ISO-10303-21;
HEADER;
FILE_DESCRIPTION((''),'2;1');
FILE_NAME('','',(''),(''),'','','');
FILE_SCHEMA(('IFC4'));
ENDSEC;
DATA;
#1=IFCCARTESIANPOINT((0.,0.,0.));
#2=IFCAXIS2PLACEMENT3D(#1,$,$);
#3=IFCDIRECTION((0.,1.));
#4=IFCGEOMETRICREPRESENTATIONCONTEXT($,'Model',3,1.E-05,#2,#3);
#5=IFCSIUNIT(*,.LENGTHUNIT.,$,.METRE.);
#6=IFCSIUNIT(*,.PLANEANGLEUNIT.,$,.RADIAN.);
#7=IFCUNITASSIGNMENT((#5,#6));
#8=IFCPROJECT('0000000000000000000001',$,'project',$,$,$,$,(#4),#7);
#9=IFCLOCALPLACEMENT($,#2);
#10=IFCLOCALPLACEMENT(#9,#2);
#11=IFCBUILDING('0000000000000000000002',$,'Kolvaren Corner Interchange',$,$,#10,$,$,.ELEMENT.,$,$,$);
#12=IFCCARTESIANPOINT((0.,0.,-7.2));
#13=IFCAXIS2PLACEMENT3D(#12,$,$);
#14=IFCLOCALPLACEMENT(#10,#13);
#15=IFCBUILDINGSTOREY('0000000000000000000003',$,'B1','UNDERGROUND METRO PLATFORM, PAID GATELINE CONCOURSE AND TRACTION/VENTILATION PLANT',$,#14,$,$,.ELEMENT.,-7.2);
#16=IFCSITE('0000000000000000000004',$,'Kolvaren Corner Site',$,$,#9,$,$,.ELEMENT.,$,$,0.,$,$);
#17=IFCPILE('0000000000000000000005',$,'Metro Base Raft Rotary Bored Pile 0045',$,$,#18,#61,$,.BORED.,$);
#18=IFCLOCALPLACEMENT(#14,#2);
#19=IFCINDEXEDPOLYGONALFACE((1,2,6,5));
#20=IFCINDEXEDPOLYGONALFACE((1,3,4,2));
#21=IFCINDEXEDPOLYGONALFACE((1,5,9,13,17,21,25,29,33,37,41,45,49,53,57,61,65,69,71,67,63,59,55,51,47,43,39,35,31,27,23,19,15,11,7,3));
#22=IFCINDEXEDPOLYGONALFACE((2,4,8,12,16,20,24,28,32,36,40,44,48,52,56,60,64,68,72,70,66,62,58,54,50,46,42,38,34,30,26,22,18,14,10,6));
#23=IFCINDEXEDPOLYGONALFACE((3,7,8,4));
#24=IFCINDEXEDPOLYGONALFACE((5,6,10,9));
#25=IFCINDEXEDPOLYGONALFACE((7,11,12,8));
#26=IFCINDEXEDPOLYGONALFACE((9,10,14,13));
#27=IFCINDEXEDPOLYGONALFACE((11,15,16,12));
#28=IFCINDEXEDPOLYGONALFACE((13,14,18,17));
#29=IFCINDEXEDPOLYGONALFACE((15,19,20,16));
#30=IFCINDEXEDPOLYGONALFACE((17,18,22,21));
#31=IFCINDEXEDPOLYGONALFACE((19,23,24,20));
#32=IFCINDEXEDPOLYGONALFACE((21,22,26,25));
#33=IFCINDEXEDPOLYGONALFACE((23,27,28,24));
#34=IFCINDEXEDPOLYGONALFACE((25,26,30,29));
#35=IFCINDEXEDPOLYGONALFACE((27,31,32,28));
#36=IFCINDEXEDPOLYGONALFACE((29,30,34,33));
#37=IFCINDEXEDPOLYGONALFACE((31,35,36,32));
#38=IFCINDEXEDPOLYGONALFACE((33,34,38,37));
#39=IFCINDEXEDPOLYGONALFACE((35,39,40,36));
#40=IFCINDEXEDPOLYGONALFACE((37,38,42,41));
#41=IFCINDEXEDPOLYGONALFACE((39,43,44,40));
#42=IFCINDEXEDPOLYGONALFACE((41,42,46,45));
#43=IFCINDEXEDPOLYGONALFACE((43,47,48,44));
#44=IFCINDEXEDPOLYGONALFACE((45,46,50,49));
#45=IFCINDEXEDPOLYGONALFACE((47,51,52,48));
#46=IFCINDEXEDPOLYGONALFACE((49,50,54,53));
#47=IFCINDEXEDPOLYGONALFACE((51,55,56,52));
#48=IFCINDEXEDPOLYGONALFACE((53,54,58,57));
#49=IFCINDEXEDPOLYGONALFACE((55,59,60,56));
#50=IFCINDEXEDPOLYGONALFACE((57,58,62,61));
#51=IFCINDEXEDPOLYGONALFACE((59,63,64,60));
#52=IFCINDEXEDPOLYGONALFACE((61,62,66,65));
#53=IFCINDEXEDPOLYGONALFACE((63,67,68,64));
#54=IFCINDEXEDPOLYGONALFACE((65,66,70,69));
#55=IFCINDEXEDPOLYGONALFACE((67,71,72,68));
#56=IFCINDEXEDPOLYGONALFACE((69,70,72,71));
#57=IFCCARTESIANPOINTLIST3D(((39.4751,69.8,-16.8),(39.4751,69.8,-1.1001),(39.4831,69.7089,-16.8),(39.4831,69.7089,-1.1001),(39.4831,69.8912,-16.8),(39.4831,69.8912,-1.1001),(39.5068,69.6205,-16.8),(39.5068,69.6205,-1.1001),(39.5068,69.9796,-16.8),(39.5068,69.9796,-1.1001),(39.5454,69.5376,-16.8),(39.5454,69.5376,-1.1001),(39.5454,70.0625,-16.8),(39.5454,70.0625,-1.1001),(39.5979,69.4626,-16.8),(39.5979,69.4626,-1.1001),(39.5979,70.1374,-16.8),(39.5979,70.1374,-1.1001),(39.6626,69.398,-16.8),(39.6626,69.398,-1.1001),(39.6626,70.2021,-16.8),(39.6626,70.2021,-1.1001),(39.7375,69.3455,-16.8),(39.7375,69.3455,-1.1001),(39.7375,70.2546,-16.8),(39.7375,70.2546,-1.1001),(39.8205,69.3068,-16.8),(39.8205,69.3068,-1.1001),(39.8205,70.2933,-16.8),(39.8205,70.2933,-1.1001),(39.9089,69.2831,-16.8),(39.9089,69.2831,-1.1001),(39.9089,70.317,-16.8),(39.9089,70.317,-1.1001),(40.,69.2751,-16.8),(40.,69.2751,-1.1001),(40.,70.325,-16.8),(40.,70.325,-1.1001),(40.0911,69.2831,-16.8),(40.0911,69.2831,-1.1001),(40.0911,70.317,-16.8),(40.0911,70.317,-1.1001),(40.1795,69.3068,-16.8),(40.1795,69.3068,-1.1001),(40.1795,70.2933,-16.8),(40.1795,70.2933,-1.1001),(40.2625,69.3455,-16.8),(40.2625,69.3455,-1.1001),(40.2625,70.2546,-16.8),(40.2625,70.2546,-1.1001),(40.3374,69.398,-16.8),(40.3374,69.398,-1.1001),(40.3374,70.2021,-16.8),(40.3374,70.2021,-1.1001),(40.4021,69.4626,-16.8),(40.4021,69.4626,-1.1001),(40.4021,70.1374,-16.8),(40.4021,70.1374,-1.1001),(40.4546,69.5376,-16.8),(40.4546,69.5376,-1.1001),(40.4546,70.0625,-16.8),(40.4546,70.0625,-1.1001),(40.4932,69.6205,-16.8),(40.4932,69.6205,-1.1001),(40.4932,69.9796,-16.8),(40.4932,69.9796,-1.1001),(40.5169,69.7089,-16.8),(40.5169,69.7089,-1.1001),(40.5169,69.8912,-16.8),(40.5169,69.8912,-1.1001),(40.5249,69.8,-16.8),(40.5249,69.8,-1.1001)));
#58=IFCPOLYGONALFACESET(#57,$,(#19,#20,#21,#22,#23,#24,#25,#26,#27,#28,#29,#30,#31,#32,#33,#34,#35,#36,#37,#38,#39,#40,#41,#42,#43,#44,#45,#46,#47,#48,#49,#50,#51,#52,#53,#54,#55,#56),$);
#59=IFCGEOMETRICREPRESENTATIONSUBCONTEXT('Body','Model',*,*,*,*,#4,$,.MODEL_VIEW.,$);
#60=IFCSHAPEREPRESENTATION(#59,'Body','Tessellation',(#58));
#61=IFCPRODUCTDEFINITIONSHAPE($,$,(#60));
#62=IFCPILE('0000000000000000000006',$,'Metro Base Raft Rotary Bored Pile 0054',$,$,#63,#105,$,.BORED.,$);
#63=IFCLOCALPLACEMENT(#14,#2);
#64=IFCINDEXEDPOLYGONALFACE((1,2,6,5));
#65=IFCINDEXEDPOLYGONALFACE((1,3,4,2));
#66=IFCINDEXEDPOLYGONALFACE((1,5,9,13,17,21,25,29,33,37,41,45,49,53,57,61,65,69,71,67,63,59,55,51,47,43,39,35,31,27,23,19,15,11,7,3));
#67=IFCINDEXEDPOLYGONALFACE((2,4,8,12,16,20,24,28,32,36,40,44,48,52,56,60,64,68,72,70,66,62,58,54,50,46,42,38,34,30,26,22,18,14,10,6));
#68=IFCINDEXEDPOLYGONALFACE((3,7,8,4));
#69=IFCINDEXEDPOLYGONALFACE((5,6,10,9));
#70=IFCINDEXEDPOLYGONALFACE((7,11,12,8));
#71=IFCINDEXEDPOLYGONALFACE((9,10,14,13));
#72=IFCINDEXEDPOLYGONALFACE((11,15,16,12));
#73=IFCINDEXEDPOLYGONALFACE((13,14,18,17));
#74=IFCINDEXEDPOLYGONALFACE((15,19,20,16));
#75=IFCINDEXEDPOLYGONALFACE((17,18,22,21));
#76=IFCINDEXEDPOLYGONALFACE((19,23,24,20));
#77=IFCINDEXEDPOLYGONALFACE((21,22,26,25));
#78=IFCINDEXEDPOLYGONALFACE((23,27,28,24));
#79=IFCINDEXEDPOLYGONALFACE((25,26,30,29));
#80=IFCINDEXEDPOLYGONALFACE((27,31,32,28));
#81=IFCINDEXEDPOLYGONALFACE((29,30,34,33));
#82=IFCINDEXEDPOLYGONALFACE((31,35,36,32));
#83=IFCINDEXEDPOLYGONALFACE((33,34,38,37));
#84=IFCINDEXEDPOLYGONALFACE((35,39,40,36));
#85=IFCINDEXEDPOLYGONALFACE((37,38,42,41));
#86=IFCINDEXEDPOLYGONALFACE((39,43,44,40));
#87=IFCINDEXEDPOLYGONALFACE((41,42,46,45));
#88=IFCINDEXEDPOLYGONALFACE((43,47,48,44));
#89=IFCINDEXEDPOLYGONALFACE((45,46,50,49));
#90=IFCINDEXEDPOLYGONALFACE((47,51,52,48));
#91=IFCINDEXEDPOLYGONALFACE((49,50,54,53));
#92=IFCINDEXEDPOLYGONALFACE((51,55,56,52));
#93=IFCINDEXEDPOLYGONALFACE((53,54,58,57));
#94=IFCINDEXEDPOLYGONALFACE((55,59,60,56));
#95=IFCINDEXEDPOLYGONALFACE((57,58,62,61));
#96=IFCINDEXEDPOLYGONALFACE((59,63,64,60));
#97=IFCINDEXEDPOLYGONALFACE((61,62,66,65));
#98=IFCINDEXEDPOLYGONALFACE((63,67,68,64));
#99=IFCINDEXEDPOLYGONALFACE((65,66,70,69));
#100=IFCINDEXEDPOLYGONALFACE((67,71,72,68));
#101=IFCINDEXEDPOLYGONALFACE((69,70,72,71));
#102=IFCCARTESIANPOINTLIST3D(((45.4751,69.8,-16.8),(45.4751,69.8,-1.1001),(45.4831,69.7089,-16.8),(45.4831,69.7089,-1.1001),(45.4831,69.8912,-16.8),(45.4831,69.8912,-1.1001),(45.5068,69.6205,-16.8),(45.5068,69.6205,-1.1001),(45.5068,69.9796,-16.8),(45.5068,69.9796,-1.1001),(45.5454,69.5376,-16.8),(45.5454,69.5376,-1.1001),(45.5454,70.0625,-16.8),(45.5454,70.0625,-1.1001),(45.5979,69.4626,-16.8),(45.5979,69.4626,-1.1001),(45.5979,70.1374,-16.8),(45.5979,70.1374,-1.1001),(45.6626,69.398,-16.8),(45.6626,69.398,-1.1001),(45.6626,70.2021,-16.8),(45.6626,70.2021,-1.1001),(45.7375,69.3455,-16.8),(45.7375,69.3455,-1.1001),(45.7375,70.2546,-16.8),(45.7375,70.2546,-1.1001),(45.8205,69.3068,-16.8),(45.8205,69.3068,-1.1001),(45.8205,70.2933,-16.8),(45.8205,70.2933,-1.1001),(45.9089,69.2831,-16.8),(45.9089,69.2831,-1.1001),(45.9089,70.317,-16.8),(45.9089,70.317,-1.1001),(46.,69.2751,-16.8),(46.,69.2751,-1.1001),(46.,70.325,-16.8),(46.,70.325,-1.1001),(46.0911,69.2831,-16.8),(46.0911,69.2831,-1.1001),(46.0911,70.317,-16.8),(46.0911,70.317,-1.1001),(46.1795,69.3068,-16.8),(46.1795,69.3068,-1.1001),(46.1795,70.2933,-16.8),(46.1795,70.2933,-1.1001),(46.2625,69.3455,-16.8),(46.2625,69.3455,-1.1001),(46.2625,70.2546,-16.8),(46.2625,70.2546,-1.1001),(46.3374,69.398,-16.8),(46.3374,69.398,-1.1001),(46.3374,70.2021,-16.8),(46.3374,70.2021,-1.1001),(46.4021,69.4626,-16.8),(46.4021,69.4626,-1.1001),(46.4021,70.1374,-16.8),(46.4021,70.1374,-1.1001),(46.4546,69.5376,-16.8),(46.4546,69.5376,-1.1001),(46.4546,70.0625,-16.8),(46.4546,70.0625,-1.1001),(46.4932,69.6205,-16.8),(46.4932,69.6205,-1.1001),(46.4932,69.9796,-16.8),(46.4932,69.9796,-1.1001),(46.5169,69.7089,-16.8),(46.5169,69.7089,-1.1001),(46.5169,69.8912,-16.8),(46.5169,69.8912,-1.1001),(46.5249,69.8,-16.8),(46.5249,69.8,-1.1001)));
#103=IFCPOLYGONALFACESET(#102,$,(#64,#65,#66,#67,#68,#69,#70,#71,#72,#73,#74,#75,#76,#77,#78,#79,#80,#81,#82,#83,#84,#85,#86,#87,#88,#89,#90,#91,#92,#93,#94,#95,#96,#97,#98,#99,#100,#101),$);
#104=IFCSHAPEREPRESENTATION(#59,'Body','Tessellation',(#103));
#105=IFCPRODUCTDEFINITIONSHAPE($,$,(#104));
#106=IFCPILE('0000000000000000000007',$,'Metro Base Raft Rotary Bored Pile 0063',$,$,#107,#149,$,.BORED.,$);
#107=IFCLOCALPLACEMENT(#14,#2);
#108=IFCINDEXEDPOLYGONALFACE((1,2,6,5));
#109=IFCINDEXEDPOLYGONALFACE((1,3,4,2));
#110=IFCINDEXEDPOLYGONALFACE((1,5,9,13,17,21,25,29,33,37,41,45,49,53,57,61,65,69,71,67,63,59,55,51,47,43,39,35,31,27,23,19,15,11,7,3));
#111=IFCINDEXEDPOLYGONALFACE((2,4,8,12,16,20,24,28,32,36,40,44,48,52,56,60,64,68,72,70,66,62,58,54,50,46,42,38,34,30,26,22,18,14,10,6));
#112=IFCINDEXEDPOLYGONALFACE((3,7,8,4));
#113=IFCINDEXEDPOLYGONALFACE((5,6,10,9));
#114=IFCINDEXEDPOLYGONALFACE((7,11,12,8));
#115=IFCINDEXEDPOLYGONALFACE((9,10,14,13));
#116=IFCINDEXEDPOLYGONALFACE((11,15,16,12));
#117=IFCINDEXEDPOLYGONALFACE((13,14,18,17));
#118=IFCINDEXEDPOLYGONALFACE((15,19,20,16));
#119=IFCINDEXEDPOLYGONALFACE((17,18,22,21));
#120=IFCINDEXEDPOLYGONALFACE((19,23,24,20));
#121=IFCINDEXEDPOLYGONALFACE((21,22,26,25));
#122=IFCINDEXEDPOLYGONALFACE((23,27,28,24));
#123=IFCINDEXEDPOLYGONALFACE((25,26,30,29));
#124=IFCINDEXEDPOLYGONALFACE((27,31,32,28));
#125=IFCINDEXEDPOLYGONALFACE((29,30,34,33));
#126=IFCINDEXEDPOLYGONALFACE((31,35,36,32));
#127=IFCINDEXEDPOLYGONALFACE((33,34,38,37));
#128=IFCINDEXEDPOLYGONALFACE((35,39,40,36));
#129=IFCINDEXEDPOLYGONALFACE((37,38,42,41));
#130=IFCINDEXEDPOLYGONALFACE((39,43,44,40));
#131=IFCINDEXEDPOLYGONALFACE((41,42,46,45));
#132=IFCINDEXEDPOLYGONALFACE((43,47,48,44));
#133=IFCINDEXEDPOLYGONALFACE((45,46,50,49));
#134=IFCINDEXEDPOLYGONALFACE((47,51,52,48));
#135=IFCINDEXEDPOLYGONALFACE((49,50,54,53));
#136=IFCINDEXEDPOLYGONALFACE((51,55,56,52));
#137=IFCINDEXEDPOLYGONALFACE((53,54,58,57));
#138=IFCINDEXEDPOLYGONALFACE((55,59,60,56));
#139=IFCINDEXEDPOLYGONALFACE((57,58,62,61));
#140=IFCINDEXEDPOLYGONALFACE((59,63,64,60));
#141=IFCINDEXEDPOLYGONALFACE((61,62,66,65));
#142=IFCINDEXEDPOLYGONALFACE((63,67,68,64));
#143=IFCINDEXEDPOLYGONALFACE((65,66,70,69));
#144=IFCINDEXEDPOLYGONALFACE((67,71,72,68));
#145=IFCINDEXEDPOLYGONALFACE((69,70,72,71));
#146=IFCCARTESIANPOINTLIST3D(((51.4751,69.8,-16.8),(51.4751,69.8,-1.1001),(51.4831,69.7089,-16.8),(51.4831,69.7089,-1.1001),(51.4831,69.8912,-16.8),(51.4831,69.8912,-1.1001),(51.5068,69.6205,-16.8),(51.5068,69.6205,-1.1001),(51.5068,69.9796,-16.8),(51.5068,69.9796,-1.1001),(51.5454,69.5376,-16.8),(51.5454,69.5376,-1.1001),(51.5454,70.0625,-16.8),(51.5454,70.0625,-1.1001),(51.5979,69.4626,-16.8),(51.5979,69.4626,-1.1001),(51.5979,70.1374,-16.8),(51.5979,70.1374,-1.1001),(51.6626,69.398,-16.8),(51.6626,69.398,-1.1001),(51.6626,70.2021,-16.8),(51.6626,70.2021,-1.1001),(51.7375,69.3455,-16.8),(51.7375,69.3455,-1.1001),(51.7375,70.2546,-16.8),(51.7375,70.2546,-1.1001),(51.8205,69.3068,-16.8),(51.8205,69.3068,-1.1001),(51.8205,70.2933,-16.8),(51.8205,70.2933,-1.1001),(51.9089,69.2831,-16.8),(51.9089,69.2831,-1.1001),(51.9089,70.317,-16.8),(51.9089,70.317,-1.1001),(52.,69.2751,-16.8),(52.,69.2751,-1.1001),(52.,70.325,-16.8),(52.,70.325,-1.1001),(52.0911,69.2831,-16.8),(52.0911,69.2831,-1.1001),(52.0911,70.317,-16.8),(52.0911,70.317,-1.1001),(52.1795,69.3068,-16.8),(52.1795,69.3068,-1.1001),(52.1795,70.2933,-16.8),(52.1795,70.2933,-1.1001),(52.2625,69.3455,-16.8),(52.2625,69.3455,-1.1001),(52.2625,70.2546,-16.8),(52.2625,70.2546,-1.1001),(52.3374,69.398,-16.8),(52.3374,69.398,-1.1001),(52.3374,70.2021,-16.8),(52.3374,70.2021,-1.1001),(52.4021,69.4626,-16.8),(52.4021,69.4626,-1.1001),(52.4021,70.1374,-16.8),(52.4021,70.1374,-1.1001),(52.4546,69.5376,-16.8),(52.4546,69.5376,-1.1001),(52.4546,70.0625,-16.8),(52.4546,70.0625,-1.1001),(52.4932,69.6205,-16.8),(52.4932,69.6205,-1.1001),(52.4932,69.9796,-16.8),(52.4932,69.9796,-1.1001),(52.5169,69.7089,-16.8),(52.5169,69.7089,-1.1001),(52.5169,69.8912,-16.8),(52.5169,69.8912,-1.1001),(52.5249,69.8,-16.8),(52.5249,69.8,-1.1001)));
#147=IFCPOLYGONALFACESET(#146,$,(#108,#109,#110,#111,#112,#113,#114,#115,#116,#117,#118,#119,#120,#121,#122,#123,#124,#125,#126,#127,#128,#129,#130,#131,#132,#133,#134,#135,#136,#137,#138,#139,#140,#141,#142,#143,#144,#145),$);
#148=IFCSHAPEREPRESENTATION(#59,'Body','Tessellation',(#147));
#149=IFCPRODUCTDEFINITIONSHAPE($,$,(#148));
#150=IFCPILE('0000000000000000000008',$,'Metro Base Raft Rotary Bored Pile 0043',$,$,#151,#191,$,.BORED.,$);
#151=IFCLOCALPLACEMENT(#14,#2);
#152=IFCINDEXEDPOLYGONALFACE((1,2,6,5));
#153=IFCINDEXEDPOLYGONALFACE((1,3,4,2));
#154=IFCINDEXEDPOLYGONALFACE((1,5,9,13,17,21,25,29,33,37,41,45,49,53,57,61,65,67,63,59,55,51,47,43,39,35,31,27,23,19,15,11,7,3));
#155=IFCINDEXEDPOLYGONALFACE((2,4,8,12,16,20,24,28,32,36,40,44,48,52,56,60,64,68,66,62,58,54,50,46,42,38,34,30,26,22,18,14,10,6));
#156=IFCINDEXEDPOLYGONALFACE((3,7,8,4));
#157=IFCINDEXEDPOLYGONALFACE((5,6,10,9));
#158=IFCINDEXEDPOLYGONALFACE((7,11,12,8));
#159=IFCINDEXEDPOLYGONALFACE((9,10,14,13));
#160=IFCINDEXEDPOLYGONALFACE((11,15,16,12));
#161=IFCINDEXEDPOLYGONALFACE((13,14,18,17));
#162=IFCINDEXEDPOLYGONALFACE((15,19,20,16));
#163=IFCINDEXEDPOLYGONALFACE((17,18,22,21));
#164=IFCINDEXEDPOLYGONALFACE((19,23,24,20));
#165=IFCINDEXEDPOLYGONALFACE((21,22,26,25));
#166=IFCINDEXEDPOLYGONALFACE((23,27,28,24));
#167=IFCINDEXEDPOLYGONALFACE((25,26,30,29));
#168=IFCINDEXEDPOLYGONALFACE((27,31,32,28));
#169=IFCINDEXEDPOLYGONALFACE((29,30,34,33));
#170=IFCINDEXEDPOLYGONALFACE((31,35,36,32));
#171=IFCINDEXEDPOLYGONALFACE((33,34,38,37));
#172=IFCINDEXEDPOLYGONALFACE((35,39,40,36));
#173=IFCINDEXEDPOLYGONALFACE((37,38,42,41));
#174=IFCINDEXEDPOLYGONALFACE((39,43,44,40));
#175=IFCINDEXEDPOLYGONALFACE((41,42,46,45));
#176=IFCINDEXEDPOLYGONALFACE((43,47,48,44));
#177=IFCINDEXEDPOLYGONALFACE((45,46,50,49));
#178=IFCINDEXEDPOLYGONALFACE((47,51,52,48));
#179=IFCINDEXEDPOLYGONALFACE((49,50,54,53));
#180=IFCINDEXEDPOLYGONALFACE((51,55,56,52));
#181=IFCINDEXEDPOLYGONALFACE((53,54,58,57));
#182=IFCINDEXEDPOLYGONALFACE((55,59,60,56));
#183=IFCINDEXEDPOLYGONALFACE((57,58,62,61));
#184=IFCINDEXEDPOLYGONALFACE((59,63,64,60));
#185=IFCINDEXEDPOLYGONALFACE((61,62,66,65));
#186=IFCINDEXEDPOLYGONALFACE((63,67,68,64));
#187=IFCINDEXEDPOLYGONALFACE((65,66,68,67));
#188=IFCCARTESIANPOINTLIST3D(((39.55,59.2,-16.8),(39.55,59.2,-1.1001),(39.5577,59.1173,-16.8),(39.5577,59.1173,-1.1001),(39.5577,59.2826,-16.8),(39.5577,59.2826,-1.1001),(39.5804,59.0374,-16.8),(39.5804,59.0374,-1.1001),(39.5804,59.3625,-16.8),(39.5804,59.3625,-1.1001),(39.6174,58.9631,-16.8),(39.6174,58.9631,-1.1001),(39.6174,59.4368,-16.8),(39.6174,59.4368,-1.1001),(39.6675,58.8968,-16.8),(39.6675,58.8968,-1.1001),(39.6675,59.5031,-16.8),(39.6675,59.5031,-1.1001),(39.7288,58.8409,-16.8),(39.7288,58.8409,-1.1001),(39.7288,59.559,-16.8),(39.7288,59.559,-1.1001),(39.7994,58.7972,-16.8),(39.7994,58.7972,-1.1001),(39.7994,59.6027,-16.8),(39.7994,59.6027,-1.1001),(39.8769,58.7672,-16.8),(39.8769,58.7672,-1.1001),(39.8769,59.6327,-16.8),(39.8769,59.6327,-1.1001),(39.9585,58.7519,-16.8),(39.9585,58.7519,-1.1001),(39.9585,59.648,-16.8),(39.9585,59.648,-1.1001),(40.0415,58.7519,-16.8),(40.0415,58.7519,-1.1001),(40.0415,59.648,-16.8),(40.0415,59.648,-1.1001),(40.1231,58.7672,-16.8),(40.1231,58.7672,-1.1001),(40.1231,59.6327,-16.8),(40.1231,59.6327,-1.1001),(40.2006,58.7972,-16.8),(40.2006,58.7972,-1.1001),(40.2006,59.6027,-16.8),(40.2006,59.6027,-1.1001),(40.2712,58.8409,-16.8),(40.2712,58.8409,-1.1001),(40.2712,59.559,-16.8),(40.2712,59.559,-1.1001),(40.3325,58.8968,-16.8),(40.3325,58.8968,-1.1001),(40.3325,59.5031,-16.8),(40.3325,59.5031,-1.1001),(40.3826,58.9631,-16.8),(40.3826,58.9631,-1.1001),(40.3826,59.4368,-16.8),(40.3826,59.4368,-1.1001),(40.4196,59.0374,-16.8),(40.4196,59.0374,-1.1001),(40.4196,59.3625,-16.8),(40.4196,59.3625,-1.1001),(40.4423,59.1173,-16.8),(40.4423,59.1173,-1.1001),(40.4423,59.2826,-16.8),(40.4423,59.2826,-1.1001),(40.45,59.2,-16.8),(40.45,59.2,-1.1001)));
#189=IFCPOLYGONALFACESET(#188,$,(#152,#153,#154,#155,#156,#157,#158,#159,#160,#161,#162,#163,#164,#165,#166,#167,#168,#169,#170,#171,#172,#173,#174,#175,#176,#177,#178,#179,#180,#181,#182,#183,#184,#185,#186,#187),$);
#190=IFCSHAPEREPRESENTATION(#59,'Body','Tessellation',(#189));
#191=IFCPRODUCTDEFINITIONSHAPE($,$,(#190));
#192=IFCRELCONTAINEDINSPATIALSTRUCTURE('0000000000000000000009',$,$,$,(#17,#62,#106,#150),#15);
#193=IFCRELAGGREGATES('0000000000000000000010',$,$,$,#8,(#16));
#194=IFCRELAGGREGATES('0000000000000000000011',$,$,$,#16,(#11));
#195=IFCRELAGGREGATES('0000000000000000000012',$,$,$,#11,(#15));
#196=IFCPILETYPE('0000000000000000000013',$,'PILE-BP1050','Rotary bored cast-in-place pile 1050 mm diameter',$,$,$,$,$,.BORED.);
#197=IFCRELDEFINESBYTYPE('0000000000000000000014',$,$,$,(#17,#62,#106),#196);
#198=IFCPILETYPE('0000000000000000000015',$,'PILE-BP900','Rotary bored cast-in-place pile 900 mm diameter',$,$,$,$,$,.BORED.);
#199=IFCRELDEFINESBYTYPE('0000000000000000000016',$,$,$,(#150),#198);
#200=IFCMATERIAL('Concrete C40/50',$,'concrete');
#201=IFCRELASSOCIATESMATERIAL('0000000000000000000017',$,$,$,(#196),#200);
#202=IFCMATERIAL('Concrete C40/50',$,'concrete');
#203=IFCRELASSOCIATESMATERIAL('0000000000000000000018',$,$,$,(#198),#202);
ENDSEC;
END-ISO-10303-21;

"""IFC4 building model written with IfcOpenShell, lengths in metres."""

from ifc_helpers import new_model, si_unit, direction, frame, origin, origin_2d, place, context, subcontext, project, spatial, circle, extrude, material, material_profile, profile_set, type_object, element, save


model = new_model("IFC4")

# Units and contexts
model_context = context("Model", 3, precision=1e-05, world=origin(), true_north=direction((0.0, 1.0)))
body_context = subcontext(model_context, "Body", "Model", "MODEL_VIEW")
ifc_project = project(units=[si_unit("LENGTHUNIT", "METRE"), si_unit("PLANEANGLEUNIT", "RADIAN")], contexts=[model_context])

# Site, building, storey
site_placement = place(None, origin())
site = spatial("IfcSite", under=ifc_project, at=site_placement, Name="Kolvaren Corner Site", CompositionType="ELEMENT", RefElevation=0.0)
building_placement = place(site_placement, origin())
building = spatial("IfcBuilding", under=site, at=building_placement, Name="Kolvaren Corner Interchange", CompositionType="ELEMENT")
storey_placement = place(building_placement, frame((0.0, 0.0, -7.2)))
storey = spatial("IfcBuildingStorey", under=building, at=storey_placement, Name="B1", Description="UNDERGROUND METRO PLATFORM, PAID GATELINE CONCOURSE AND TRACTION/VENTILATION PLANT", CompositionType="ELEMENT", Elevation=-7.2)

# Piles
ifc_material_1 = material(Name="Concrete C40/50", Category="concrete")
ifc_material_profile_1 = material_profile(ifc_material_1, circle(Radius=0.5249, at=origin_2d()), Name="BORED PILE 1050")
ifc_profile_set_1 = profile_set([ifc_material_profile_1], Name="Concrete C40/50")
pile_type_1 = type_object("IfcPileType", Name="PILE-BP1050", Description="Rotary bored cast-in-place pile 1050 mm diameter", PredefinedType="BORED", material=ifc_profile_set_1)
for number, where, z_axis, x_axis, name in (
    (1, (40.0, 69.8, -1.1001), (0.0, 0.0, -1.0), (1.0, 0.0, 0.0), "Metro Base Raft Rotary Bored Pile 0045"),
    (2, (46.0, 69.8, -1.1001), (0.0, 0.0, -1.0), (1.0, 0.0, 0.0), "Metro Base Raft Rotary Bored Pile 0054"),
    (3, (52.0, 69.8, -1.1001), (0.0, 0.0, -1.0), (1.0, 0.0, 0.0), "Metro Base Raft Rotary Bored Pile 0063"),
):
    element("IfcPile", number, at=place(storey_placement, frame(where, z_axis=z_axis, x_axis=x_axis)), inside=storey, type_object=pile_type_1, Name=name, PredefinedType="BORED", context=body_context, shape_type="SweptSolid", body=[
        extrude(circle(Radius=0.5249, at=origin_2d()), origin(), (0.0, 0.0, 1.0), 15.7),
    ])
ifc_material_2 = material(Name="Concrete C40/50", Category="concrete")
ifc_material_profile_2 = material_profile(ifc_material_2, circle(Radius=0.45, at=origin_2d()), Name="BORED PILE 900")
ifc_profile_set_2 = profile_set([ifc_material_profile_2], Name="Concrete C40/50")
pile_type_2 = type_object("IfcPileType", Name="PILE-BP900", Description="Rotary bored cast-in-place pile 900 mm diameter", PredefinedType="BORED", material=ifc_profile_set_2)
for number, where, z_axis, x_axis, name in (
    (4, (40.0, 59.2, -1.1001), (0.0, 0.0, -1.0), (1.0, 0.0, 0.0), "Metro Base Raft Rotary Bored Pile 0043"),
):
    element("IfcPile", number, at=place(storey_placement, frame(where, z_axis=z_axis, x_axis=x_axis)), inside=storey, type_object=pile_type_2, Name=name, PredefinedType="BORED", context=body_context, shape_type="SweptSolid", body=[
        extrude(circle(Radius=0.45, at=origin_2d()), origin(), (0.0, 0.0, 1.0), 15.7),
    ])

save(model, "model.ifc")
